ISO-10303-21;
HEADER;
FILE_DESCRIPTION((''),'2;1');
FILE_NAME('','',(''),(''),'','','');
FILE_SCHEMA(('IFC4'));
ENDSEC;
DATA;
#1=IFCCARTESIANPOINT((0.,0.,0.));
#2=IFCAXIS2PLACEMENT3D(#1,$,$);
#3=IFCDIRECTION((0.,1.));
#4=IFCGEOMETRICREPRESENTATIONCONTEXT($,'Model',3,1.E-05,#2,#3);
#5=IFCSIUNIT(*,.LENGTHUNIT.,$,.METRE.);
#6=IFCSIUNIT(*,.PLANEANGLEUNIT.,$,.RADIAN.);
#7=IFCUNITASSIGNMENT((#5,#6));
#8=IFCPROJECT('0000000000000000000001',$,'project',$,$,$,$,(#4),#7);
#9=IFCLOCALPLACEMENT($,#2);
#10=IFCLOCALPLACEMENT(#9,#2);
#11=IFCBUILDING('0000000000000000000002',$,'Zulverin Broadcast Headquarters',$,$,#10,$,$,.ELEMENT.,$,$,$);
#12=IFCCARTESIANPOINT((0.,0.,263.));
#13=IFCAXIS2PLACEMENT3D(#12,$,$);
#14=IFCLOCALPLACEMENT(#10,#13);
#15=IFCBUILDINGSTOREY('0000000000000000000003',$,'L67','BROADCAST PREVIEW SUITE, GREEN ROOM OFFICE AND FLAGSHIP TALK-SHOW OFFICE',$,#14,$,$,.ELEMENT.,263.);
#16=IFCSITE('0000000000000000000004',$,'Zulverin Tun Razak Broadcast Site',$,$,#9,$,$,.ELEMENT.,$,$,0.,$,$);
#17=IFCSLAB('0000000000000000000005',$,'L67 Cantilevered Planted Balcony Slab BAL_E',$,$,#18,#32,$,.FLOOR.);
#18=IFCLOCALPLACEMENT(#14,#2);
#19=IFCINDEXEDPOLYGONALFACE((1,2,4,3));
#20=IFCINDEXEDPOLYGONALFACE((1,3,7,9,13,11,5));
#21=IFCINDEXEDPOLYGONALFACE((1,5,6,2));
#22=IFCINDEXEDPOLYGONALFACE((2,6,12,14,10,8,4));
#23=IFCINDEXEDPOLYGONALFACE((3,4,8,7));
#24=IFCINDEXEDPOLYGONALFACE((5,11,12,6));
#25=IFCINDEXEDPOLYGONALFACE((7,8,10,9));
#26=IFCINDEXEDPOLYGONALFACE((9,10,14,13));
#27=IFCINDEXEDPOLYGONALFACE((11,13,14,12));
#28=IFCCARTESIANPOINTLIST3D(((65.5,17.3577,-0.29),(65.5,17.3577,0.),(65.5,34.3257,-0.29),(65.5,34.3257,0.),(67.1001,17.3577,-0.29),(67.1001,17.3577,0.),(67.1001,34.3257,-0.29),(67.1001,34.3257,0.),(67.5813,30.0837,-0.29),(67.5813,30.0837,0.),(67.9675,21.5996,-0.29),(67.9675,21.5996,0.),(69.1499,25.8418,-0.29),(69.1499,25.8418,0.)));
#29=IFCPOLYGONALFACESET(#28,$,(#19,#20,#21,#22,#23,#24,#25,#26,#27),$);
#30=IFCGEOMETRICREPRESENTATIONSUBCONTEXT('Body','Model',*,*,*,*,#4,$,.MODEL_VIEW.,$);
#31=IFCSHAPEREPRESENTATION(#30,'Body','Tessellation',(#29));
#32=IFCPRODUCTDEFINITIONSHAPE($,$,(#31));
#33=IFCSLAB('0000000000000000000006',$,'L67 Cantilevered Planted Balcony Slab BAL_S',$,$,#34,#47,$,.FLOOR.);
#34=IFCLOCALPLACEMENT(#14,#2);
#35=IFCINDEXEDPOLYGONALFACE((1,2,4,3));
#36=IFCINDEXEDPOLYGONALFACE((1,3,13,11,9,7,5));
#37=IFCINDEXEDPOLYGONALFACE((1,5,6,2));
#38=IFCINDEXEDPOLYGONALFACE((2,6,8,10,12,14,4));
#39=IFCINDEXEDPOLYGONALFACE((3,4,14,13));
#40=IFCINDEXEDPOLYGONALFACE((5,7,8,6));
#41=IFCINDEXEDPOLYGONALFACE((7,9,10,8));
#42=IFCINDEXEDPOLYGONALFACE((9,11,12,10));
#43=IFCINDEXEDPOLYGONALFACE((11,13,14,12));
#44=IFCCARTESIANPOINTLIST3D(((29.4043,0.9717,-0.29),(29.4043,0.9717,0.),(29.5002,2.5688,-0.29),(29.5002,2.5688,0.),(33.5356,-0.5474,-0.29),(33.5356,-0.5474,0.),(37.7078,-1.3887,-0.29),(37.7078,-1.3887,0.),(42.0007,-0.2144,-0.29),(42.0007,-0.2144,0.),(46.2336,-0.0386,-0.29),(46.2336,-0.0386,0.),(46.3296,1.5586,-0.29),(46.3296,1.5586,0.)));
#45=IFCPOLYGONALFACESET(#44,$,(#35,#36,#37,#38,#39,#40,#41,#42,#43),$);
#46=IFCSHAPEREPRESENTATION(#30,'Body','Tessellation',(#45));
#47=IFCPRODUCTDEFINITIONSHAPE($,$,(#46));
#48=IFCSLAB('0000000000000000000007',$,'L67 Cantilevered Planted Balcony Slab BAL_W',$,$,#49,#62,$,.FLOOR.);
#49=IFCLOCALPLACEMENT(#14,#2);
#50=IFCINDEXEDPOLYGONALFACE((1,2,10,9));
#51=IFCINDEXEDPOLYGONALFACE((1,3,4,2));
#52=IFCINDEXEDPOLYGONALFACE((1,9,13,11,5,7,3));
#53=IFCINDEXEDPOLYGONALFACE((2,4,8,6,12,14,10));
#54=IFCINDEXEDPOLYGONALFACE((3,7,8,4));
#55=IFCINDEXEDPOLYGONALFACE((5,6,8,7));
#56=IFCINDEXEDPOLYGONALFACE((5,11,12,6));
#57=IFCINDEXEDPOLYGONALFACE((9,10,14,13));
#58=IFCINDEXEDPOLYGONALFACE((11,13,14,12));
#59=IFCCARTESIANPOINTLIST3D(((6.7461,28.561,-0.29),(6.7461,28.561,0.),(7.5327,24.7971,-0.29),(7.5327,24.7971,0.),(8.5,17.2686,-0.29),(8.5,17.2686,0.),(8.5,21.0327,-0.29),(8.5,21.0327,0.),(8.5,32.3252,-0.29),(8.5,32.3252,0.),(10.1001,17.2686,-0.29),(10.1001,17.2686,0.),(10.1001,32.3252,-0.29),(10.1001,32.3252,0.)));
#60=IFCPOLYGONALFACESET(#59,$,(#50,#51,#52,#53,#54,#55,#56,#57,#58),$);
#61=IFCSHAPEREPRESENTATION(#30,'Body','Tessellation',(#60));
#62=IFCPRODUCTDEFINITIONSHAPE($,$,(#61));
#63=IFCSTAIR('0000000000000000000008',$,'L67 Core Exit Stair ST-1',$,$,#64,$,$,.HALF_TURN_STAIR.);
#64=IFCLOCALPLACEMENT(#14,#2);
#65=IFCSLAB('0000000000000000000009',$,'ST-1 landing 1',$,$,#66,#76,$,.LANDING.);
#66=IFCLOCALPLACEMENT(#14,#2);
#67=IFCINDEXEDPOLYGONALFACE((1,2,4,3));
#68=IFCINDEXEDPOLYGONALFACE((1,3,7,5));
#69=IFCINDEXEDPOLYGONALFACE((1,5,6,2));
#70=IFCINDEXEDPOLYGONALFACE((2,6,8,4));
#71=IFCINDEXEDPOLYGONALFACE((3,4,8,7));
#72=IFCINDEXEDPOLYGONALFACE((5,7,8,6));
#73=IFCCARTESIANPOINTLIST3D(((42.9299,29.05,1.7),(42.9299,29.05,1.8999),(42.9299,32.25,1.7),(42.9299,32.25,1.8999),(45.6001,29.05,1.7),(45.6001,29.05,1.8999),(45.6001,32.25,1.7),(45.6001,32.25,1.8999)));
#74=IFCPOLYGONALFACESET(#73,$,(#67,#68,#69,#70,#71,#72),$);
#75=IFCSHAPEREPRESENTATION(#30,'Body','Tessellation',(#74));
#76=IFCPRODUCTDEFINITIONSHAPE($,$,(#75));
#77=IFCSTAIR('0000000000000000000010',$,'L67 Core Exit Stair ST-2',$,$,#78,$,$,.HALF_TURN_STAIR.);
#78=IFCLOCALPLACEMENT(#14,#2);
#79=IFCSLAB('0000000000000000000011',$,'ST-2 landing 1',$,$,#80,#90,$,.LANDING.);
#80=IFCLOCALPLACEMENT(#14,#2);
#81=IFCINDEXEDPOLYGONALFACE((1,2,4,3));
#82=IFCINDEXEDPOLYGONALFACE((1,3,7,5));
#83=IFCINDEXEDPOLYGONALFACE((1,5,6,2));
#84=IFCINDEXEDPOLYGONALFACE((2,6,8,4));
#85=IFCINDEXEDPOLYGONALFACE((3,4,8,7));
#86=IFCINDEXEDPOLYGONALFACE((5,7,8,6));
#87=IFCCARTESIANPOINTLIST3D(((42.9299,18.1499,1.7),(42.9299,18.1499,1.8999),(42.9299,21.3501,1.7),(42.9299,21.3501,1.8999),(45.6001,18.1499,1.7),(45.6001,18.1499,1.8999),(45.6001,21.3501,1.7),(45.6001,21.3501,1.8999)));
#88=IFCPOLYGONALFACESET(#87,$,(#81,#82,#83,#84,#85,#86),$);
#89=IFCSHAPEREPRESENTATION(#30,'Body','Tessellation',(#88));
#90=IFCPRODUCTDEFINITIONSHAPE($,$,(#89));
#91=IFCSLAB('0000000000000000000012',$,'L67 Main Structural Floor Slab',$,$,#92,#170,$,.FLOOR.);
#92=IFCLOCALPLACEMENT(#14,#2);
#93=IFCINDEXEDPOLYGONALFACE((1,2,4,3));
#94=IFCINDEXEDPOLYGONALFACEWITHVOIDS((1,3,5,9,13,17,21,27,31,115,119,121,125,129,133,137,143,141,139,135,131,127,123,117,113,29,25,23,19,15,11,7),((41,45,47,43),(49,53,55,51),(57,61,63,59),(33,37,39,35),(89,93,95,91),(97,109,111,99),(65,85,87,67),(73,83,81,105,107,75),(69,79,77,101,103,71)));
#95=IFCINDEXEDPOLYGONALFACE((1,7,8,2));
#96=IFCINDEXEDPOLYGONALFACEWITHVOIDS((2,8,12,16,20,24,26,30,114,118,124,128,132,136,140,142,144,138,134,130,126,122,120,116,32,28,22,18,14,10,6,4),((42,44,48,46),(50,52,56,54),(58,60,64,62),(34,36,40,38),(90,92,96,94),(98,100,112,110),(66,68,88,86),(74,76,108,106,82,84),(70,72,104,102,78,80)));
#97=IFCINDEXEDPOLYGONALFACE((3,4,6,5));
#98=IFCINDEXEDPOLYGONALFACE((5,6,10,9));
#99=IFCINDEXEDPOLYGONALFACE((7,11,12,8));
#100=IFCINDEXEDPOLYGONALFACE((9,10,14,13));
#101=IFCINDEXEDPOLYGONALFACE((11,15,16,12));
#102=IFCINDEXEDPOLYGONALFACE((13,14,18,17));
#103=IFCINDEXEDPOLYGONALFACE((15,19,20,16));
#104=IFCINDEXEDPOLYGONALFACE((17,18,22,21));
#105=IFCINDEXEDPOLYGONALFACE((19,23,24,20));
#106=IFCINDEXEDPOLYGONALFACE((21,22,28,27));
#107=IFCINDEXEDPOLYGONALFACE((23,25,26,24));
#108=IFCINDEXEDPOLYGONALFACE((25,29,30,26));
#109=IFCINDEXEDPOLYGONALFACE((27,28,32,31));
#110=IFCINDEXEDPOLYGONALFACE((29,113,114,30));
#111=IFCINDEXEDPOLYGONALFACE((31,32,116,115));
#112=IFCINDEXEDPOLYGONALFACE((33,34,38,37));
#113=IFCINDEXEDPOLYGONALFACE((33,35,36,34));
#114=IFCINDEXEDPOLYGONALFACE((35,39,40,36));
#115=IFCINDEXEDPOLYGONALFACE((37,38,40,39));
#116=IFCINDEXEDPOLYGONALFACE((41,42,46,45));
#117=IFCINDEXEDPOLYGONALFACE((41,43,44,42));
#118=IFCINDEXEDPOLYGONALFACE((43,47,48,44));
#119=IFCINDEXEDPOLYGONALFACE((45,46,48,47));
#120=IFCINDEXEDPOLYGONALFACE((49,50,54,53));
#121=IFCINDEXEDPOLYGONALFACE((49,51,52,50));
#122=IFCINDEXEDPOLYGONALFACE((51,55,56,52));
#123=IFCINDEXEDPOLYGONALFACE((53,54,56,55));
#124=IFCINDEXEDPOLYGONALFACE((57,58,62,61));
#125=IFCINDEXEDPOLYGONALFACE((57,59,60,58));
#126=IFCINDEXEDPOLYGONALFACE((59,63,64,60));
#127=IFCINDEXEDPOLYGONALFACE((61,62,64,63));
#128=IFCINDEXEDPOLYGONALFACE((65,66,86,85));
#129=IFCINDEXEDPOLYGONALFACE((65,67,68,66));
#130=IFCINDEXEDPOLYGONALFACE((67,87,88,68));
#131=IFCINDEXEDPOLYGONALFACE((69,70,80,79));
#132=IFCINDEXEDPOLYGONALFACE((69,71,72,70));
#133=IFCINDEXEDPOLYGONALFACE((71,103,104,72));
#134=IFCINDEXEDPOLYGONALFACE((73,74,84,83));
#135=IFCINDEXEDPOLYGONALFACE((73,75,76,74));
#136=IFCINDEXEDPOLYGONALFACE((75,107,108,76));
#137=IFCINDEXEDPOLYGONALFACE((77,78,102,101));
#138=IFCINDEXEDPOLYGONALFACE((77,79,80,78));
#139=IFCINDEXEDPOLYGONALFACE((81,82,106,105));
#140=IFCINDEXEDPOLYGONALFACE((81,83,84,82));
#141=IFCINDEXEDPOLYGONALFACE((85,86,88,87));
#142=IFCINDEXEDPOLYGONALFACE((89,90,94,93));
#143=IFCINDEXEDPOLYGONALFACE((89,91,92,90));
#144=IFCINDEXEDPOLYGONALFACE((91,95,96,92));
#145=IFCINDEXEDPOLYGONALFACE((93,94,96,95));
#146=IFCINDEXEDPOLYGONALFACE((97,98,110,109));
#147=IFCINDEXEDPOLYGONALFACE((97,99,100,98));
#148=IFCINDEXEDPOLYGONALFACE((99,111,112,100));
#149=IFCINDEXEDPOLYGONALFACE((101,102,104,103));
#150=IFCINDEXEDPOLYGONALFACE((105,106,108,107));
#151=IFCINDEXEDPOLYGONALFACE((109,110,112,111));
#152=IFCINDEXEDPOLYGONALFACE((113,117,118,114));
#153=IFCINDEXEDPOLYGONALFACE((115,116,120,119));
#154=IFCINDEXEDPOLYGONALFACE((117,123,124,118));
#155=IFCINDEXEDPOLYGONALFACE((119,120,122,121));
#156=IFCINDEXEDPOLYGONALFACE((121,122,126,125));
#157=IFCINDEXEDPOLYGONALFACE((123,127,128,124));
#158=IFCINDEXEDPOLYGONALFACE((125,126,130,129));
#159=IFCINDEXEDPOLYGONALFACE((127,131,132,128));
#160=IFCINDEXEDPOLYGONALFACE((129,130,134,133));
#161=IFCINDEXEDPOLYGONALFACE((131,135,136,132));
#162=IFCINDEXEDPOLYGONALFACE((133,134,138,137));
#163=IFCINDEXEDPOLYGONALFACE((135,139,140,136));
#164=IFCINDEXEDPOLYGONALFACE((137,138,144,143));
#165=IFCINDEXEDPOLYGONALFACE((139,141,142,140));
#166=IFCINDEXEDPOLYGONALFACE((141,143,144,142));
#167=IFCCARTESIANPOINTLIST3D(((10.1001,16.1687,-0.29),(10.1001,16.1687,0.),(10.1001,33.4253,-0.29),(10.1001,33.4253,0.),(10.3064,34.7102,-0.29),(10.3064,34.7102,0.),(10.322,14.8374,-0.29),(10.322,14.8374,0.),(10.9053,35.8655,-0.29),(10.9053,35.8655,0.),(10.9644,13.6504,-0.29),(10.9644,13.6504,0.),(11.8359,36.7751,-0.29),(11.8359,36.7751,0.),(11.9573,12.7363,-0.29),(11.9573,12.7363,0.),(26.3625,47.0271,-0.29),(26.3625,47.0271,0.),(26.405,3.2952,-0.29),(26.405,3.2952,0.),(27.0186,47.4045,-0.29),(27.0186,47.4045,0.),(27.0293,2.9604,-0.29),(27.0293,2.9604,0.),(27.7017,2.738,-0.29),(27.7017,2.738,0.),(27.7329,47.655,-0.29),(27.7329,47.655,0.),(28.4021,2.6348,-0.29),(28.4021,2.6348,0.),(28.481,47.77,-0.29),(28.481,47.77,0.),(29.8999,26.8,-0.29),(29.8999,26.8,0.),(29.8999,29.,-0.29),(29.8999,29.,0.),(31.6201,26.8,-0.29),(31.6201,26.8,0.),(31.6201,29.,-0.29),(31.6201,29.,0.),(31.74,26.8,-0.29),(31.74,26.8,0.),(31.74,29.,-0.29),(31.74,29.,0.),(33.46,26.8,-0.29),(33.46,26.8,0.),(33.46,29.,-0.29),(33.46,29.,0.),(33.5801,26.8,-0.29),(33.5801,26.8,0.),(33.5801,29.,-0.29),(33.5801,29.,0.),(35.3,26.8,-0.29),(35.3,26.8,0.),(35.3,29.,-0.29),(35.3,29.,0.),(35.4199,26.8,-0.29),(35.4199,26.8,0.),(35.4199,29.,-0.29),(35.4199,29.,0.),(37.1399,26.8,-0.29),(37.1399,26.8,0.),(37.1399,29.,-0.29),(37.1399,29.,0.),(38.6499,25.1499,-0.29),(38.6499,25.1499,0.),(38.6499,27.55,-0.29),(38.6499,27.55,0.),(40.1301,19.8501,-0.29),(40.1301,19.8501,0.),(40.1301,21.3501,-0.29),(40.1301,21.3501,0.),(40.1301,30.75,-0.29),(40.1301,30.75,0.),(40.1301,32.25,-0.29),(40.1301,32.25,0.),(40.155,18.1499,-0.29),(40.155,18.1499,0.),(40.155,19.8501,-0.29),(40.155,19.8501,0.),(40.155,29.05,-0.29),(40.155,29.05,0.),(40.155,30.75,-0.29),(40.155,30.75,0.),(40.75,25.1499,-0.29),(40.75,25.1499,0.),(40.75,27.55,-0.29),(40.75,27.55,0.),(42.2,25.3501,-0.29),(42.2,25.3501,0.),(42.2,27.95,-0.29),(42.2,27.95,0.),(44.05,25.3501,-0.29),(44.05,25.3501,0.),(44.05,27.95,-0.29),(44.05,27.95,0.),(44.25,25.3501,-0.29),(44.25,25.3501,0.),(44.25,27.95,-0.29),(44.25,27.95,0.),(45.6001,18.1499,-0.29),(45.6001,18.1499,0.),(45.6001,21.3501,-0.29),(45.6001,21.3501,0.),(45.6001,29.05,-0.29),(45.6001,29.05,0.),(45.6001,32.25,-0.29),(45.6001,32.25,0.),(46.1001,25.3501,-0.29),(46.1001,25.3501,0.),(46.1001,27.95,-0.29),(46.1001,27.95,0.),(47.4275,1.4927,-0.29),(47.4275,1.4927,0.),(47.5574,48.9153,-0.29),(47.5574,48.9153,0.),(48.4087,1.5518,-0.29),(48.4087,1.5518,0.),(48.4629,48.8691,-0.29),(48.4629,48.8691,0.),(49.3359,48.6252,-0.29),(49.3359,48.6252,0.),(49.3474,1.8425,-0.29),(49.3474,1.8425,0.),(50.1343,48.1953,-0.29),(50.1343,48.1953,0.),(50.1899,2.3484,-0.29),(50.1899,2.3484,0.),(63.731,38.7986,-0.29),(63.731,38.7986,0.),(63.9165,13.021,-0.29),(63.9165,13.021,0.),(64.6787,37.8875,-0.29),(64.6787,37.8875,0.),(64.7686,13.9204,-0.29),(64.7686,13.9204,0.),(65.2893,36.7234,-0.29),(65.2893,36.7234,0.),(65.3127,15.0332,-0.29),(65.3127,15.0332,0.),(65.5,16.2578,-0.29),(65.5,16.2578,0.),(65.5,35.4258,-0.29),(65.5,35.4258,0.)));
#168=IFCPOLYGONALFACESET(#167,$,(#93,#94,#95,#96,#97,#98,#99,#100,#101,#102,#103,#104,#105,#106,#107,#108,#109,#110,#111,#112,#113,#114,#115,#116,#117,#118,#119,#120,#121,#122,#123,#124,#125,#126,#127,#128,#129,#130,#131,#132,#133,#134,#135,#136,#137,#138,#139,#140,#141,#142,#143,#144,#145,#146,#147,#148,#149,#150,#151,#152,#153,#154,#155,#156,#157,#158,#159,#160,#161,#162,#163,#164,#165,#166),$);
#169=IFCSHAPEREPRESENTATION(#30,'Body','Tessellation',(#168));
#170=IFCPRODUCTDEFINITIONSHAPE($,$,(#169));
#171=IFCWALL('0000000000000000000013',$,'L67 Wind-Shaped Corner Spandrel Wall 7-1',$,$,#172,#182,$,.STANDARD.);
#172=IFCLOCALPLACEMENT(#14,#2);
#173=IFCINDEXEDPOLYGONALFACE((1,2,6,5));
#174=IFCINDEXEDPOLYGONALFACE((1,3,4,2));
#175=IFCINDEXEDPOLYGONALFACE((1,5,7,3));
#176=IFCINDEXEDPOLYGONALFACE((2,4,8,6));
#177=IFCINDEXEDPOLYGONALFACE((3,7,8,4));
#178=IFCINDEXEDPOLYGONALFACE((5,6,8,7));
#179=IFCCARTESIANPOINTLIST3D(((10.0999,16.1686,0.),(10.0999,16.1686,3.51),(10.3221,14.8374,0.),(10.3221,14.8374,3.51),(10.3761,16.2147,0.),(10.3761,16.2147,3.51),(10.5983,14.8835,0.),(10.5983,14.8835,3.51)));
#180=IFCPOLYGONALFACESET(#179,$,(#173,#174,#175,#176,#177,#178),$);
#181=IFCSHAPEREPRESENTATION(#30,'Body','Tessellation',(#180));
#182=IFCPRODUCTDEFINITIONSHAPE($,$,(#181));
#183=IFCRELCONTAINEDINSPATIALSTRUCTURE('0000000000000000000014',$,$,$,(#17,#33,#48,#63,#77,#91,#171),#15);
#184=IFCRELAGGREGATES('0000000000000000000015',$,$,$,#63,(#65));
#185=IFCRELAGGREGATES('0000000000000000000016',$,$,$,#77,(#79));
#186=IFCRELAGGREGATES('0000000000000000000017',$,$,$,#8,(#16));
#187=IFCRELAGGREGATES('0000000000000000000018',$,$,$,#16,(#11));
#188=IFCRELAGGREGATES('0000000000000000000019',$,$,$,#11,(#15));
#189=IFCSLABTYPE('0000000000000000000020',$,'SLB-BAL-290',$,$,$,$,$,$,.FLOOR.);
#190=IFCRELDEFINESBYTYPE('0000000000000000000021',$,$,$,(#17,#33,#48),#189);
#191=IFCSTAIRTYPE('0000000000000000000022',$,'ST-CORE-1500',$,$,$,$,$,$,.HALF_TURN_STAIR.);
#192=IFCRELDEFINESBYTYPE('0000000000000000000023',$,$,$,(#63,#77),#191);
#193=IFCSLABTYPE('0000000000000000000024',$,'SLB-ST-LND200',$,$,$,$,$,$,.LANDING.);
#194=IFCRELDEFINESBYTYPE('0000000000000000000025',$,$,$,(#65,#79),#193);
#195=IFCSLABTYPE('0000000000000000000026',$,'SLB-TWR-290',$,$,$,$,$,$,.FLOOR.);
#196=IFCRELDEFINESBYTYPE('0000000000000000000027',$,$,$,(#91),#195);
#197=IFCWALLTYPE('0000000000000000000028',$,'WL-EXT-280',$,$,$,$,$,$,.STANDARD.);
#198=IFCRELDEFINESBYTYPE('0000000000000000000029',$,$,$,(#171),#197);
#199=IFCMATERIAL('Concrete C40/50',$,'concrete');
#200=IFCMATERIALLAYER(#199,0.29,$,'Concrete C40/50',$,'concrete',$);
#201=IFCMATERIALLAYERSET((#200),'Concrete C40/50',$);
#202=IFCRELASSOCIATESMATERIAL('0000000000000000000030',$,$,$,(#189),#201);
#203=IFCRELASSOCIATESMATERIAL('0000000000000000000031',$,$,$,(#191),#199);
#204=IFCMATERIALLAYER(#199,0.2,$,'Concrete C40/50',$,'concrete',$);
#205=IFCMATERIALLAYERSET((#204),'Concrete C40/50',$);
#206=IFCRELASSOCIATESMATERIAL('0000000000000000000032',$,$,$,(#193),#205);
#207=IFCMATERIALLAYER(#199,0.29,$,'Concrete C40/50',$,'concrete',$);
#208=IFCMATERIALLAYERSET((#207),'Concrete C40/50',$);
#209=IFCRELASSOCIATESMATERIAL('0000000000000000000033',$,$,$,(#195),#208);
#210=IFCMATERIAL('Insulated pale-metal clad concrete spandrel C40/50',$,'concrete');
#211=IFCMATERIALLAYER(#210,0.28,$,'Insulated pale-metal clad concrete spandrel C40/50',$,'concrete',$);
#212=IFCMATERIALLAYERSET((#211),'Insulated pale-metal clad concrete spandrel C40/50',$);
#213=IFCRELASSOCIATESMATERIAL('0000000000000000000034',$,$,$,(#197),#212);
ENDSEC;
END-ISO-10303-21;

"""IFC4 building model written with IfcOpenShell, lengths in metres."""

from ifc_helpers import new_model, si_unit, direction, frame, frame_2d, origin, place, context, subcontext, project, spatial, polyline, rectangle, outline, extrude, material, layer, layer_set, type_object, element, aggregate, save


model = new_model("IFC4")

# Units and contexts
model_context = context("Model", 3, precision=1e-05, world=origin(), true_north=direction((0.0, 1.0)))
body_context = subcontext(model_context, "Body", "Model", "MODEL_VIEW")
ifc_project = project(units=[si_unit("LENGTHUNIT", "METRE"), si_unit("PLANEANGLEUNIT", "RADIAN")], contexts=[model_context])

# Site, building, storey
site_placement = place(None, origin())
site = spatial("IfcSite", under=ifc_project, at=site_placement, Name="Zulverin Tun Razak Broadcast Site", CompositionType="ELEMENT", RefElevation=0.0)
building_placement = place(site_placement, origin())
building = spatial("IfcBuilding", under=site, at=building_placement, Name="Zulverin Broadcast Headquarters", CompositionType="ELEMENT")
storey_placement = place(building_placement, frame((0.0, 0.0, 263.0)))
storey = spatial("IfcBuildingStorey", under=building, at=storey_placement, Name="L67", Description="BROADCAST PREVIEW SUITE, GREEN ROOM OFFICE AND FLAGSHIP TALK-SHOW OFFICE", CompositionType="ELEMENT", Elevation=263.0)

# Slabs
ifc_material_1 = material(Name="Concrete C40/50", Category="concrete")
ifc_layer_1 = layer(ifc_material_1, 0.29, Name="Concrete C40/50", Category="concrete")
ifc_layer_set_1 = layer_set([ifc_layer_1], Name="Concrete C40/50")
slab_type_1 = type_object("IfcSlabType", Name="SLB-BAL-290", PredefinedType="FLOOR", material=ifc_layer_set_1)
slab_1_placement = place(storey_placement, frame((0.0, 0.0, -0.29)))
element("IfcSlab", 1, at=slab_1_placement, inside=storey, type_object=slab_type_1, Name="L67 Cantilevered Planted Balcony Slab BAL_E", PredefinedType="FLOOR", context=body_context, shape_type="SweptSolid", body=[
    extrude(outline(polyline([(65.5, 34.3257), (65.5, 17.3577), (67.1001, 17.3577), (67.9675, 21.5996), (69.1499, 25.8418), (67.5813, 30.0837), (67.1001, 34.3257), (65.5, 34.3257)])), origin(), (0.0, 0.0, 1.0), 0.29),
])
slab_2_placement = place(storey_placement, frame((0.0, 0.0, -0.29)))
element("IfcSlab", 2, at=slab_2_placement, inside=storey, type_object=slab_type_1, Name="L67 Cantilevered Planted Balcony Slab BAL_S", PredefinedType="FLOOR", context=body_context, shape_type="SweptSolid", body=[
    extrude(outline(polyline([(46.3296, 1.5586), (29.5002, 2.5688), (29.4043, 0.9717), (33.5356, -0.5474), (37.7078, -1.3887), (42.0007, -0.2144), (46.2336, -0.0386), (46.3296, 1.5586)])), origin(), (0.0, 0.0, 1.0), 0.29),
])
slab_3_placement = place(storey_placement, frame((0.0, 0.0, -0.29)))
element("IfcSlab", 3, at=slab_3_placement, inside=storey, type_object=slab_type_1, Name="L67 Cantilevered Planted Balcony Slab BAL_W", PredefinedType="FLOOR", context=body_context, shape_type="SweptSolid", body=[
    extrude(outline(polyline([(10.1001, 17.2686), (10.1001, 32.3252), (8.5, 32.3252), (6.7461, 28.561), (7.5327, 24.7971), (8.5, 21.0327), (8.5, 17.2686), (10.1001, 17.2686)])), origin(), (0.0, 0.0, 1.0), 0.29),
])

# Stairs, slabs
stair_type = type_object("IfcStairType", Name="ST-CORE-1500", PredefinedType="HALF_TURN_STAIR", material=ifc_material_1)
stair_1_placement = place(storey_placement, origin())
stair_1 = element("IfcStair", 4, at=stair_1_placement, inside=storey, type_object=stair_type, Name="L67 Core Exit Stair ST-1", PredefinedType="HALF_TURN_STAIR")
ifc_layer_2 = layer(ifc_material_1, 0.2, Name="Concrete C40/50", Category="concrete")
ifc_layer_set_2 = layer_set([ifc_layer_2], Name="Concrete C40/50")
slab_type_2 = type_object("IfcSlabType", Name="SLB-ST-LND200", PredefinedType="LANDING", material=ifc_layer_set_2)
slab_4_placement = place(storey_placement, frame((0.0, 0.0, 1.7)))
slab_4 = element("IfcSlab", 5, at=slab_4_placement, type_object=slab_type_2, Name="ST-1 landing 1", PredefinedType="LANDING", context=body_context, shape_type="SweptSolid", body=[
    extrude(outline(polyline([(42.9299, 29.05), (45.6001, 29.05), (45.6001, 32.25), (42.9299, 32.25), (42.9299, 29.05)])), origin(), (0.0, 0.0, 1.0), 0.2),
])
aggregate(stair_1, [slab_4])
stair_2_placement = place(storey_placement, origin())
stair_2 = element("IfcStair", 6, at=stair_2_placement, inside=storey, type_object=stair_type, Name="L67 Core Exit Stair ST-2", PredefinedType="HALF_TURN_STAIR")
slab_5_placement = place(storey_placement, frame((0.0, 0.0, 1.7)))
slab_5 = element("IfcSlab", 7, at=slab_5_placement, type_object=slab_type_2, Name="ST-2 landing 1", PredefinedType="LANDING", context=body_context, shape_type="SweptSolid", body=[
    extrude(outline(polyline([(42.9299, 18.1499), (45.6001, 18.1499), (45.6001, 21.3501), (42.9299, 21.3501), (42.9299, 18.1499)])), origin(), (0.0, 0.0, 1.0), 0.2),
])
aggregate(stair_2, [slab_5])

# Slab
ifc_layer_3 = layer(ifc_material_1, 0.29, Name="Concrete C40/50", Category="concrete")
ifc_layer_set_3 = layer_set([ifc_layer_3], Name="Concrete C40/50")
slab_type_3 = type_object("IfcSlabType", Name="SLB-TWR-290", PredefinedType="FLOOR", material=ifc_layer_set_3)
slab_6_placement = place(storey_placement, frame((0.0, 0.0, -0.29)))
element("IfcSlab", 8, at=slab_6_placement, inside=storey, type_object=slab_type_3, Name="L67 Main Structural Floor Slab", PredefinedType="FLOOR", context=body_context, shape_type="SweptSolid", body=[
    extrude(outline(polyline([(26.405, 3.2952), (27.0293, 2.9604), (27.7017, 2.738), (28.4021, 2.6348), (47.4275, 1.4927), (48.4087, 1.5518), (49.3474, 1.8425), (50.1899, 2.3484), (63.9165, 13.021), (64.7686, 13.9204), (65.3127, 15.0332), (65.5, 16.2578), (65.5, 35.4258), (65.2893, 36.7234), (64.6787, 37.8875), (63.731, 38.7986), (50.1343, 48.1953), (49.3359, 48.6252), (48.4629, 48.8691), (47.5574, 48.9153), (28.481, 47.77), (27.7329, 47.655), (27.0186, 47.4045), (26.3625, 47.0271), (11.8359, 36.7751), (10.9053, 35.8655), (10.3064, 34.7102), (10.1001, 33.4253), (10.1001, 16.1687), (10.322, 14.8374), (10.9644, 13.6504), (11.9573, 12.7363), (26.405, 3.2952)]), holes=[polyline([(40.155, 30.75), (40.1301, 30.75), (40.1301, 32.25), (45.6001, 32.25), (45.6001, 29.05), (40.155, 29.05), (40.155, 30.75)]), polyline([(40.155, 19.8501), (40.1301, 19.8501), (40.1301, 21.3501), (45.6001, 21.3501), (45.6001, 18.1499), (40.155, 18.1499), (40.155, 19.8501)]), polyline([(29.8999, 26.8), (31.6201, 26.8), (31.6201, 29.0), (29.8999, 29.0), (29.8999, 26.8)]), polyline([(31.74, 26.8), (33.46, 26.8), (33.46, 29.0), (31.74, 29.0), (31.74, 26.8)]), polyline([(33.5801, 26.8), (35.3, 26.8), (35.3, 29.0), (33.5801, 29.0), (33.5801, 26.8)]), polyline([(35.4199, 26.8), (37.1399, 26.8), (37.1399, 29.0), (35.4199, 29.0), (35.4199, 26.8)]), polyline([(42.2, 25.3501), (44.05, 25.3501), (44.05, 27.95), (42.2, 27.95), (42.2, 25.3501)]), polyline([(44.25, 25.3501), (46.1001, 25.3501), (46.1001, 27.95), (44.25, 27.95), (44.25, 25.3501)]), polyline([(38.6499, 25.1499), (40.75, 25.1499), (40.75, 27.55), (38.6499, 27.55), (38.6499, 25.1499)])]), origin(), (0.0, 0.0, 1.0), 0.29),
])

# Wall
ifc_material_2 = material(Name="Insulated pale-metal clad concrete spandrel C40/50", Category="concrete")
ifc_layer_4 = layer(ifc_material_2, 0.28, Name="Insulated pale-metal clad concrete spandrel C40/50", Category="concrete")
ifc_layer_set_4 = layer_set([ifc_layer_4], Name="Insulated pale-metal clad concrete spandrel C40/50")
wall_type_1 = type_object("IfcWallType", Name="WL-EXT-280", PredefinedType="STANDARD", material=ifc_layer_set_4)
wall_1_placement = place(storey_placement, frame((10.238, 16.1917, 0.0), z_axis=(0.0, 0.0, 1.0), x_axis=(0.164604, -0.98636, 0.0)))
element("IfcWall", 9, at=wall_1_placement, inside=storey, type_object=wall_type_1, Name="L67 Wind-Shaped Corner Spandrel Wall 7-1", PredefinedType="STANDARD", context=body_context, shape_type="SweptSolid", body=[
    extrude(rectangle(XDim=1.3496, YDim=0.28, at=frame_2d((0.6748, 0.0))), origin(), (0.0, 0.0, 1.0), 3.51),
])

save(model, "model.ifc")
